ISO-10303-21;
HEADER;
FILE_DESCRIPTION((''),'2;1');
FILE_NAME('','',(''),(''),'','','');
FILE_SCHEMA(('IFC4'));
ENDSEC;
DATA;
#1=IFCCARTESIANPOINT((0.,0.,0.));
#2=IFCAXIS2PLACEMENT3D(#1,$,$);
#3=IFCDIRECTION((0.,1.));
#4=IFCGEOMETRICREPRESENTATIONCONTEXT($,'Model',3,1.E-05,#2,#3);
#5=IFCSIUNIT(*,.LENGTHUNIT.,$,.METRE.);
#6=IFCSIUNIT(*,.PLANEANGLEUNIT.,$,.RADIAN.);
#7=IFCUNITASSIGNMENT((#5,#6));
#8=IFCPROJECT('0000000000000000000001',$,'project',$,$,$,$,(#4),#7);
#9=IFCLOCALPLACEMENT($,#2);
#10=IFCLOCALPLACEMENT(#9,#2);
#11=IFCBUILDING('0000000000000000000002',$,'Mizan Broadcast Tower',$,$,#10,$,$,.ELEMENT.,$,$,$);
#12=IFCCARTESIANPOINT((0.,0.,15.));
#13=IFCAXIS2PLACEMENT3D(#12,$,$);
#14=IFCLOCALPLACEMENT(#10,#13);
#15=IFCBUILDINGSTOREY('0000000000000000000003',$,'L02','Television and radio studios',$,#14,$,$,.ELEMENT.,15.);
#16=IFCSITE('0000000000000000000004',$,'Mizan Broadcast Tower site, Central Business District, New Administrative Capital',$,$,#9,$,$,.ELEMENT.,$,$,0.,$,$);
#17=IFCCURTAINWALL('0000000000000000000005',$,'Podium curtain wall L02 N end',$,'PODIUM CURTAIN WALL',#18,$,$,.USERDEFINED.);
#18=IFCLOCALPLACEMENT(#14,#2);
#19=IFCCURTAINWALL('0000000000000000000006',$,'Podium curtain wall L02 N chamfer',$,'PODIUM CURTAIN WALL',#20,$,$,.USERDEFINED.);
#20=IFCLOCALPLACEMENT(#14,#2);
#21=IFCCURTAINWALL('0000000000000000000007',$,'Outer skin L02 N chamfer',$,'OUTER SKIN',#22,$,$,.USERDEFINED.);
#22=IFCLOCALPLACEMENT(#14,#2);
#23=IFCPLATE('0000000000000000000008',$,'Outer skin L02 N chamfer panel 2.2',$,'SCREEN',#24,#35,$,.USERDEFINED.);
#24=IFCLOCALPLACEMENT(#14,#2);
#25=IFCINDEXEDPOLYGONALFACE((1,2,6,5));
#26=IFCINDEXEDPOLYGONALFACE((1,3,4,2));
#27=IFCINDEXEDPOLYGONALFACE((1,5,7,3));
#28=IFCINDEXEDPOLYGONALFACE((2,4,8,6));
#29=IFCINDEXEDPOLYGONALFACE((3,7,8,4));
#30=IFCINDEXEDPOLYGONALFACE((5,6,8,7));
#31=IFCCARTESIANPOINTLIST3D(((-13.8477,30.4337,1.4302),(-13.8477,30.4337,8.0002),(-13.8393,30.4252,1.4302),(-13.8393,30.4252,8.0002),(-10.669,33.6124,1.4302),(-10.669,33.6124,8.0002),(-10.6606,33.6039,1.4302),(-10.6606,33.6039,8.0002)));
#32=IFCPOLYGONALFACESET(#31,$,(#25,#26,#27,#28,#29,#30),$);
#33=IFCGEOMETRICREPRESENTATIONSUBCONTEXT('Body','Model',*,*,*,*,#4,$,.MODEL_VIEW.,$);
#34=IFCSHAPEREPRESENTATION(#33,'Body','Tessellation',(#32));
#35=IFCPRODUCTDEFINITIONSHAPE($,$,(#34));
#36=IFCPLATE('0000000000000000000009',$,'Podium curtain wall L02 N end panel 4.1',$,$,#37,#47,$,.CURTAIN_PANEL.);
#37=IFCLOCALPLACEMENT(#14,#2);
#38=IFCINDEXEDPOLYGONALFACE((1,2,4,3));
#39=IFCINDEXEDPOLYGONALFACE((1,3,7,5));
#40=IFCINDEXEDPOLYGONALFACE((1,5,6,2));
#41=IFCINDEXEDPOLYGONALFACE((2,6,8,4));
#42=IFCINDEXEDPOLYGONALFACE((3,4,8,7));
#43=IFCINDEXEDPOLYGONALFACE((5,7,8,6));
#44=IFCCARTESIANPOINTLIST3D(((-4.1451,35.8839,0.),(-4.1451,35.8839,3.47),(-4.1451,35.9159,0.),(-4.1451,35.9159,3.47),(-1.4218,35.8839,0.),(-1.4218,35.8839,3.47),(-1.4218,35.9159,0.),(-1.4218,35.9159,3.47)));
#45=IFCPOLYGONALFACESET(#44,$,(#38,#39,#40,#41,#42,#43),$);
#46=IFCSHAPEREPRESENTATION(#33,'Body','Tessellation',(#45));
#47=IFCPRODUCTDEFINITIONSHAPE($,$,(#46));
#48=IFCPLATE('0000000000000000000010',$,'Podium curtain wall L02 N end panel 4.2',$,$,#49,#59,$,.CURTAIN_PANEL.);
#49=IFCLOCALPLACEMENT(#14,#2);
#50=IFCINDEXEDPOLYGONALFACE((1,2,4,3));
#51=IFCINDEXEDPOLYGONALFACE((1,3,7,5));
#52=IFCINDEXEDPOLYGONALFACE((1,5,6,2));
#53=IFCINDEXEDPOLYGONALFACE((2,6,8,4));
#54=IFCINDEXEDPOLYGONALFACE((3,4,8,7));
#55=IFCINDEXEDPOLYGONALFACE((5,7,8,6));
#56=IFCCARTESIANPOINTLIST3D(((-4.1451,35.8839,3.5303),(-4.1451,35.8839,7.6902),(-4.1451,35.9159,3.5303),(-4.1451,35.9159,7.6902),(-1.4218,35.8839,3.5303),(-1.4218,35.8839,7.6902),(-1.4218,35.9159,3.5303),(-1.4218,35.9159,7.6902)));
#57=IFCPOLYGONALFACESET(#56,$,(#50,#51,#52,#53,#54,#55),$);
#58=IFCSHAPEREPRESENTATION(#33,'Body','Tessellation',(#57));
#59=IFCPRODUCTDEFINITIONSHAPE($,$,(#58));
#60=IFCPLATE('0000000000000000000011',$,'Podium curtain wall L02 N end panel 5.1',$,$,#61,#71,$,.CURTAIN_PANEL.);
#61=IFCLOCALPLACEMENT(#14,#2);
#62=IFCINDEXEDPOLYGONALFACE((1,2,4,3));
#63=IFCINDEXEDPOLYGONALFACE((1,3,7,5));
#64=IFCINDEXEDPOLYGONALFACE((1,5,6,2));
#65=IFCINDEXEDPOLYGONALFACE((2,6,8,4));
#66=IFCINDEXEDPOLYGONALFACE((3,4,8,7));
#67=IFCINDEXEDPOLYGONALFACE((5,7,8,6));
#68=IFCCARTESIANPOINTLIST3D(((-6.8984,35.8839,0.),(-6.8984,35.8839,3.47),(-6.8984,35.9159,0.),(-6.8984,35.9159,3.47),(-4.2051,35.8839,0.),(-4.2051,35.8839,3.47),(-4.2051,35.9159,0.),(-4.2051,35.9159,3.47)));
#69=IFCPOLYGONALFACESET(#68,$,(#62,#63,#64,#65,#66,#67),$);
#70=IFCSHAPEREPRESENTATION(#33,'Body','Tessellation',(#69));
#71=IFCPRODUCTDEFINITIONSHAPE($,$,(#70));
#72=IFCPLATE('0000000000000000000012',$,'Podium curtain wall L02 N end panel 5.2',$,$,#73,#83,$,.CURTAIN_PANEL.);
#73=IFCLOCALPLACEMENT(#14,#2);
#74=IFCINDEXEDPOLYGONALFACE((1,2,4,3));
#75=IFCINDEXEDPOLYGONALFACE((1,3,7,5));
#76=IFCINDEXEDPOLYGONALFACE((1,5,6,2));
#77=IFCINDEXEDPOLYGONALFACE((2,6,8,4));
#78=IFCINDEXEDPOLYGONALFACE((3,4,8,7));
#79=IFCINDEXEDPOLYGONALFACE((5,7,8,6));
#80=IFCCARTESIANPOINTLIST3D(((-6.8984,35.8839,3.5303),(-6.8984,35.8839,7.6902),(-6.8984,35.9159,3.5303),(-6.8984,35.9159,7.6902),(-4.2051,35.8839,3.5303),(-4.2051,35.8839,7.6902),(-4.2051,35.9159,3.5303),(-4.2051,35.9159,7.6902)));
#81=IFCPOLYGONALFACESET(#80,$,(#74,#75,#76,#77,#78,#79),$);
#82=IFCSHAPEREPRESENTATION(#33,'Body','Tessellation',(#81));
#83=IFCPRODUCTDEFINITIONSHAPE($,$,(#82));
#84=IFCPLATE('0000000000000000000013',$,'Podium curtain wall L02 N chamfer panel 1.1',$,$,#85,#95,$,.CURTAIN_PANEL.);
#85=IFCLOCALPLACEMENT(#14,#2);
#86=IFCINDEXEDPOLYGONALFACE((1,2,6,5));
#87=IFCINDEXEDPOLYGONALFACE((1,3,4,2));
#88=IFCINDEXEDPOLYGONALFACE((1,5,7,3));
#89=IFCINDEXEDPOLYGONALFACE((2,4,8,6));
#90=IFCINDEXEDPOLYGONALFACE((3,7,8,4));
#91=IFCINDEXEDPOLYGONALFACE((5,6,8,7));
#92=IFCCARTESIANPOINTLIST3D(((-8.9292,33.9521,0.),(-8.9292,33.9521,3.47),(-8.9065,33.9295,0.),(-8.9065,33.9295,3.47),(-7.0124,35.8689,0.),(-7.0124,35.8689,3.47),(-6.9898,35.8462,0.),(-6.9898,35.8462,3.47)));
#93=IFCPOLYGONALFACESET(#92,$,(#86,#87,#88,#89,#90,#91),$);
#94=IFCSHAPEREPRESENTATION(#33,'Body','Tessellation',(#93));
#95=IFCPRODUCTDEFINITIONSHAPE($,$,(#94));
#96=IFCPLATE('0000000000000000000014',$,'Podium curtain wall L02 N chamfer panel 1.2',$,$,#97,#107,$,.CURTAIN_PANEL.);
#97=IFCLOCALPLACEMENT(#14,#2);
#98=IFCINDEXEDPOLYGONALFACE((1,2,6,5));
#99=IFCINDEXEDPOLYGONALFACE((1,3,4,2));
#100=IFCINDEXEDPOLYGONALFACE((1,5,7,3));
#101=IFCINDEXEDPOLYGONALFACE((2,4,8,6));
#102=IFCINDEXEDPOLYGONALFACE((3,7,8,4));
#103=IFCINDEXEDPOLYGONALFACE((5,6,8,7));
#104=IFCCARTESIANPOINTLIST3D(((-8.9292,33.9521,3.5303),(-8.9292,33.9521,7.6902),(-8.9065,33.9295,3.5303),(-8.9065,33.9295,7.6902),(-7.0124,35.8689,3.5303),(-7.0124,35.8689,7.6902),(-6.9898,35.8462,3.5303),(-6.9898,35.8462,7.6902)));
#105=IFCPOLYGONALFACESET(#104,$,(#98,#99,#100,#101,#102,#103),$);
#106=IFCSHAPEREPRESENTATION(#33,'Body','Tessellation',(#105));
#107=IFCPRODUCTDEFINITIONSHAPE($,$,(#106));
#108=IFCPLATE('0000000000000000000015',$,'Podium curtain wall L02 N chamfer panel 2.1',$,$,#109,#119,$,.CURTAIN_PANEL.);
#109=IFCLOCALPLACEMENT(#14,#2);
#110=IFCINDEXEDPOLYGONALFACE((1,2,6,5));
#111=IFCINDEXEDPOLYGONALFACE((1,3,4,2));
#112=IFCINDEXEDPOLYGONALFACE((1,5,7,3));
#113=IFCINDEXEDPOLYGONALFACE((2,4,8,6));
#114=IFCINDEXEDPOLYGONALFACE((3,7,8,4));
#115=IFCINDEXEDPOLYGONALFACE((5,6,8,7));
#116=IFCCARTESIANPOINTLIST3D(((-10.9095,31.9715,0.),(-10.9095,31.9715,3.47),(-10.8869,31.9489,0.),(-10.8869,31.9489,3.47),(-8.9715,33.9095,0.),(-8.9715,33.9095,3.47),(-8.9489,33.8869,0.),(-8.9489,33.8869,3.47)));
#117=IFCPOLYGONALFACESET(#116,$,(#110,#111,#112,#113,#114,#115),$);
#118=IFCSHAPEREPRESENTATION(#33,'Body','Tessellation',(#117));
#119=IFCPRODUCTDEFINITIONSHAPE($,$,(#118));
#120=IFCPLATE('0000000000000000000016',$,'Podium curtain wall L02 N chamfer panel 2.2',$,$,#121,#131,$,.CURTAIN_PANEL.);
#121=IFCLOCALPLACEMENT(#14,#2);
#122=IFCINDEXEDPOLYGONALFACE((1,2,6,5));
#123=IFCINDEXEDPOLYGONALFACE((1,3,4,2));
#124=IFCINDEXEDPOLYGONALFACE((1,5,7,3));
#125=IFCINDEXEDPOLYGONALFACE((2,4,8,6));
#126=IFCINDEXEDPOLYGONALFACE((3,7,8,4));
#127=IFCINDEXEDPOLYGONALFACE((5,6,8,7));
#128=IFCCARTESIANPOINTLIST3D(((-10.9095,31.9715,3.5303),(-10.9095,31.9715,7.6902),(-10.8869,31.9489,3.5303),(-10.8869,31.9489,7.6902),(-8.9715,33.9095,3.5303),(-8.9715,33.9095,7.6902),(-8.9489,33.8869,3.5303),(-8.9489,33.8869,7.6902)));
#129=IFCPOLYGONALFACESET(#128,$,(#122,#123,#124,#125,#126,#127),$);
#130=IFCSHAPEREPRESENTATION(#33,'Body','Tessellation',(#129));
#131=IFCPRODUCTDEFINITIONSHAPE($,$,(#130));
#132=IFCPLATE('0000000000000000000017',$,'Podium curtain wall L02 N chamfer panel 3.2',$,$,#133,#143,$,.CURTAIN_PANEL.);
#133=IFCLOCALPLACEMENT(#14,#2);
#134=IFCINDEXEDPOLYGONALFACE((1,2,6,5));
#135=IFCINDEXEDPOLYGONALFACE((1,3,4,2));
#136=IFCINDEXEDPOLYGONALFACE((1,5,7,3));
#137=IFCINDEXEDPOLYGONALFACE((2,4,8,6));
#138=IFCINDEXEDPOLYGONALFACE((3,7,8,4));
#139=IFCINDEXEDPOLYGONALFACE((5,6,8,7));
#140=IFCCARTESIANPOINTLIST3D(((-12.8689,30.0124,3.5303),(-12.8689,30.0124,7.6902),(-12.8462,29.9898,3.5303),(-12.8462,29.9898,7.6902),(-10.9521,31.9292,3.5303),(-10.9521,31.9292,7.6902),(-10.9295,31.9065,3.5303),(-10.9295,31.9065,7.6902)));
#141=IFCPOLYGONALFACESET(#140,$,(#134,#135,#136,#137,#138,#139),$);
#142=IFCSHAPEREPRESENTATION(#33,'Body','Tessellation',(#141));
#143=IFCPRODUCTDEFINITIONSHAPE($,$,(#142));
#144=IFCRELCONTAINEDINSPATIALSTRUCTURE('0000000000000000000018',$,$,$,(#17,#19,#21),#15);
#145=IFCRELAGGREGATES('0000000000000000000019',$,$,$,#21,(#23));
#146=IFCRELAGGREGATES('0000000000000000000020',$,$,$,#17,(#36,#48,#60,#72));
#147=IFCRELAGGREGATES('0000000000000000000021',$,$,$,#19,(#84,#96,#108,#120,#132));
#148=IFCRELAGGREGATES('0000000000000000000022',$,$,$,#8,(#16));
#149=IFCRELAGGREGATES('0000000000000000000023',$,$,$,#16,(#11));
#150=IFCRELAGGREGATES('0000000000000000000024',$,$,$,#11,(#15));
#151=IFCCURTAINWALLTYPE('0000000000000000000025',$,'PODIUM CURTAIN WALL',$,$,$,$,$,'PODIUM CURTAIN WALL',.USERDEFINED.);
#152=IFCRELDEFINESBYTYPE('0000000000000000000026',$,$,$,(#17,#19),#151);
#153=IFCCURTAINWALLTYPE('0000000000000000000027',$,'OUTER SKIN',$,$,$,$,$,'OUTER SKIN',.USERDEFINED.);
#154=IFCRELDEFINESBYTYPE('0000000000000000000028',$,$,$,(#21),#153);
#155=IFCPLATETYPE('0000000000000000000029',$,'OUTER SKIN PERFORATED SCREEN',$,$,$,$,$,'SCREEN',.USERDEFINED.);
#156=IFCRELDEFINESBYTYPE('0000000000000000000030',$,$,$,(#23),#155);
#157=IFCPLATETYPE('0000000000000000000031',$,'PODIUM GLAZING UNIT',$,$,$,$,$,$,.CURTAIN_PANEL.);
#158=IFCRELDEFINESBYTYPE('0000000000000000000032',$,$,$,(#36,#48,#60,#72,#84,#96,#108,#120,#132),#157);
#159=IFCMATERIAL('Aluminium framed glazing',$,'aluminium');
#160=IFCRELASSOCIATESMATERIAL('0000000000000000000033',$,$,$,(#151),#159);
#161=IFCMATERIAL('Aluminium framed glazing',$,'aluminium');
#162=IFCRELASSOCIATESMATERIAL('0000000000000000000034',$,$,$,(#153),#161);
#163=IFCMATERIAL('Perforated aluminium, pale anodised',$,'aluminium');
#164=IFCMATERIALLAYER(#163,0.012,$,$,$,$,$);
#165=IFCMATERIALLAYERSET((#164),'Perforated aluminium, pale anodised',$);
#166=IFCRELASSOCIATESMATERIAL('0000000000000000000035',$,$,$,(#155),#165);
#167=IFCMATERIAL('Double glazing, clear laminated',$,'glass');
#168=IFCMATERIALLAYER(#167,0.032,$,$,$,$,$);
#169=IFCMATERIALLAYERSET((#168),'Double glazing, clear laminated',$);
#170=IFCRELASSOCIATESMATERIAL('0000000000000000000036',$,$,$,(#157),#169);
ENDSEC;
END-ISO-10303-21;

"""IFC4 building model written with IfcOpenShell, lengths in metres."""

from ifc_helpers import new_model, si_unit, direction, frame, origin, origin_2d, place, context, subcontext, project, spatial, rectangle, extrude, material, layer, layer_set, type_object, element, aggregate, save


model = new_model("IFC4")

# Units and contexts
model_context = context("Model", 3, precision=1e-05, world=origin(), true_north=direction((0.0, 1.0)))
body_context = subcontext(model_context, "Body", "Model", "MODEL_VIEW")
ifc_project = project(units=[si_unit("LENGTHUNIT", "METRE"), si_unit("PLANEANGLEUNIT", "RADIAN")], contexts=[model_context])

# Site, building, storey
site_placement = place(None, origin())
site = spatial("IfcSite", under=ifc_project, at=site_placement, Name="Mizan Broadcast Tower site, Central Business District, New Administrative Capital", CompositionType="ELEMENT", RefElevation=0.0)
building_placement = place(site_placement, origin())
building = spatial("IfcBuilding", under=site, at=building_placement, Name="Mizan Broadcast Tower", CompositionType="ELEMENT")
storey_placement = place(building_placement, frame((0.0, 0.0, 15.0)))
storey = spatial("IfcBuildingStorey", under=building, at=storey_placement, Name="L02", Description="Television and radio studios", CompositionType="ELEMENT", Elevation=15.0)

# Curtain walls
ifc_material_1 = material(Name="Aluminium framed glazing", Category="aluminium")
curtain_wall_type_1 = type_object("IfcCurtainWallType", Name="PODIUM CURTAIN WALL", ElementType="PODIUM CURTAIN WALL", PredefinedType="USERDEFINED", material=ifc_material_1)
curtain_wall_1_placement = place(storey_placement, origin())
curtain_wall_1 = element("IfcCurtainWall", 1, at=curtain_wall_1_placement, inside=storey, type_object=curtain_wall_type_1, Name="Podium curtain wall L02 N end", ObjectType="PODIUM CURTAIN WALL", PredefinedType="USERDEFINED")
curtain_wall_2_placement = place(storey_placement, origin())
curtain_wall_2 = element("IfcCurtainWall", 2, at=curtain_wall_2_placement, inside=storey, type_object=curtain_wall_type_1, Name="Podium curtain wall L02 N chamfer", ObjectType="PODIUM CURTAIN WALL", PredefinedType="USERDEFINED")

# Curtain wall
ifc_material_2 = material(Name="Aluminium framed glazing", Category="aluminium")
curtain_wall_type_2 = type_object("IfcCurtainWallType", Name="OUTER SKIN", ElementType="OUTER SKIN", PredefinedType="USERDEFINED", material=ifc_material_2)
curtain_wall_3_placement = place(storey_placement, origin())
curtain_wall_3 = element("IfcCurtainWall", 3, at=curtain_wall_3_placement, inside=storey, type_object=curtain_wall_type_2, Name="Outer skin L02 N chamfer", ObjectType="OUTER SKIN", PredefinedType="USERDEFINED")

# Plates
ifc_material_3 = material(Name="Perforated aluminium, pale anodised", Category="aluminium")
ifc_layer_1 = layer(ifc_material_3, 0.012)
ifc_layer_set_1 = layer_set([ifc_layer_1], Name="Perforated aluminium, pale anodised")
plate_type_1 = type_object("IfcPlateType", Name="OUTER SKIN PERFORATED SCREEN", ElementType="SCREEN", PredefinedType="USERDEFINED", material=ifc_layer_set_1)
plate_1_placement = place(storey_placement, frame((-12.2542, 32.0188, 1.4302), z_axis=(0.0, 0.0, 1.0), x_axis=(-0.707107, -0.707107, 0.0)))
plate_1 = element("IfcPlate", 4, at=plate_1_placement, type_object=plate_type_1, Name="Outer skin L02 N chamfer panel 2.2", ObjectType="SCREEN", PredefinedType="USERDEFINED", context=body_context, shape_type="SweptSolid", body=[
    extrude(rectangle(XDim=4.4954, YDim=0.012, at=origin_2d()), origin(), (0.0, 0.0, 1.0), 6.5701),
])
aggregate(curtain_wall_3, [plate_1])
ifc_material_4 = material(Name="Double glazing, clear laminated", Category="glass")
ifc_layer_2 = layer(ifc_material_4, 0.032)
ifc_layer_set_2 = layer_set([ifc_layer_2], Name="Double glazing, clear laminated")
plate_type_2 = type_object("IfcPlateType", Name="PODIUM GLAZING UNIT", PredefinedType="CURTAIN_PANEL", material=ifc_layer_set_2)
plate_2_placement = place(storey_placement, frame((-2.7834, 35.8999, 0.0), z_axis=(0.0, 0.0, 1.0), x_axis=(-1.0, 0.0, 0.0)))
plate_2 = element("IfcPlate", 5, at=plate_2_placement, type_object=plate_type_2, Name="Podium curtain wall L02 N end panel 4.1", PredefinedType="CURTAIN_PANEL", context=body_context, shape_type="SweptSolid", body=[
    extrude(rectangle(XDim=2.7234, YDim=0.032, at=origin_2d()), origin(), (0.0, 0.0, 1.0), 3.47),
])
plate_3_placement = place(storey_placement, frame((-2.7834, 35.8999, 3.5303), z_axis=(0.0, 0.0, 1.0), x_axis=(-1.0, 0.0, 0.0)))
plate_3 = element("IfcPlate", 6, at=plate_3_placement, type_object=plate_type_2, Name="Podium curtain wall L02 N end panel 4.2", PredefinedType="CURTAIN_PANEL", context=body_context, shape_type="SweptSolid", body=[
    extrude(rectangle(XDim=2.7234, YDim=0.032, at=origin_2d()), origin(), (0.0, 0.0, 1.0), 4.1599),
])
plate_4_placement = place(storey_placement, frame((-5.5518, 35.8999, 0.0), z_axis=(0.0, 0.0, 1.0), x_axis=(-1.0, 0.0, 0.0)))
plate_4 = element("IfcPlate", 7, at=plate_4_placement, type_object=plate_type_2, Name="Podium curtain wall L02 N end panel 5.1", PredefinedType="CURTAIN_PANEL", context=body_context, shape_type="SweptSolid", body=[
    extrude(rectangle(XDim=2.6934, YDim=0.032, at=origin_2d()), origin(), (0.0, 0.0, 1.0), 3.47),
])
plate_5_placement = place(storey_placement, frame((-5.5518, 35.8999, 3.5303), z_axis=(0.0, 0.0, 1.0), x_axis=(-1.0, 0.0, 0.0)))
plate_5 = element("IfcPlate", 8, at=plate_5_placement, type_object=plate_type_2, Name="Podium curtain wall L02 N end panel 5.2", PredefinedType="CURTAIN_PANEL", context=body_context, shape_type="SweptSolid", body=[
    extrude(rectangle(XDim=2.6934, YDim=0.032, at=origin_2d()), origin(), (0.0, 0.0, 1.0), 4.1599),
])
aggregate(curtain_wall_1, [plate_2, plate_3, plate_4, plate_5])
plate_6_placement = place(storey_placement, frame((-7.9595, 34.8992, 0.0), z_axis=(0.0, 0.0, 1.0), x_axis=(-0.707107, -0.707107, 0.0)))
plate_6 = element("IfcPlate", 9, at=plate_6_placement, type_object=plate_type_2, Name="Podium curtain wall L02 N chamfer panel 1.1", PredefinedType="CURTAIN_PANEL", context=body_context, shape_type="SweptSolid", body=[
    extrude(rectangle(XDim=2.7107, YDim=0.032, at=origin_2d()), origin(), (0.0, 0.0, 1.0), 3.47),
])
plate_7_placement = place(storey_placement, frame((-7.9595, 34.8992, 3.5303), z_axis=(0.0, 0.0, 1.0), x_axis=(-0.707107, -0.707107, 0.0)))
plate_7 = element("IfcPlate", 10, at=plate_7_placement, type_object=plate_type_2, Name="Podium curtain wall L02 N chamfer panel 1.2", PredefinedType="CURTAIN_PANEL", context=body_context, shape_type="SweptSolid", body=[
    extrude(rectangle(XDim=2.7107, YDim=0.032, at=origin_2d()), origin(), (0.0, 0.0, 1.0), 4.1599),
])
plate_8_placement = place(storey_placement, frame((-9.9292, 32.9292, 0.0), z_axis=(0.0, 0.0, 1.0), x_axis=(-0.707107, -0.707107, 0.0)))
plate_8 = element("IfcPlate", 11, at=plate_8_placement, type_object=plate_type_2, Name="Podium curtain wall L02 N chamfer panel 2.1", PredefinedType="CURTAIN_PANEL", context=body_context, shape_type="SweptSolid", body=[
    extrude(rectangle(XDim=2.7407, YDim=0.032, at=origin_2d()), origin(), (0.0, 0.0, 1.0), 3.47),
])
plate_9_placement = place(storey_placement, frame((-9.9292, 32.9292, 3.5303), z_axis=(0.0, 0.0, 1.0), x_axis=(-0.707107, -0.707107, 0.0)))
plate_9 = element("IfcPlate", 12, at=plate_9_placement, type_object=plate_type_2, Name="Podium curtain wall L02 N chamfer panel 2.2", PredefinedType="CURTAIN_PANEL", context=body_context, shape_type="SweptSolid", body=[
    extrude(rectangle(XDim=2.7407, YDim=0.032, at=origin_2d()), origin(), (0.0, 0.0, 1.0), 4.1599),
])
plate_10_placement = place(storey_placement, frame((-11.8992, 30.9595, 3.5303), z_axis=(0.0, 0.0, 1.0), x_axis=(-0.707107, -0.707107, 0.0)))
plate_10 = element("IfcPlate", 13, at=plate_10_placement, type_object=plate_type_2, Name="Podium curtain wall L02 N chamfer panel 3.2", PredefinedType="CURTAIN_PANEL", context=body_context, shape_type="SweptSolid", body=[
    extrude(rectangle(XDim=2.7107, YDim=0.032, at=origin_2d()), origin(), (0.0, 0.0, 1.0), 4.1599),
])
aggregate(curtain_wall_2, [plate_6, plate_7, plate_8, plate_9, plate_10])

save(model, "model.ifc")
